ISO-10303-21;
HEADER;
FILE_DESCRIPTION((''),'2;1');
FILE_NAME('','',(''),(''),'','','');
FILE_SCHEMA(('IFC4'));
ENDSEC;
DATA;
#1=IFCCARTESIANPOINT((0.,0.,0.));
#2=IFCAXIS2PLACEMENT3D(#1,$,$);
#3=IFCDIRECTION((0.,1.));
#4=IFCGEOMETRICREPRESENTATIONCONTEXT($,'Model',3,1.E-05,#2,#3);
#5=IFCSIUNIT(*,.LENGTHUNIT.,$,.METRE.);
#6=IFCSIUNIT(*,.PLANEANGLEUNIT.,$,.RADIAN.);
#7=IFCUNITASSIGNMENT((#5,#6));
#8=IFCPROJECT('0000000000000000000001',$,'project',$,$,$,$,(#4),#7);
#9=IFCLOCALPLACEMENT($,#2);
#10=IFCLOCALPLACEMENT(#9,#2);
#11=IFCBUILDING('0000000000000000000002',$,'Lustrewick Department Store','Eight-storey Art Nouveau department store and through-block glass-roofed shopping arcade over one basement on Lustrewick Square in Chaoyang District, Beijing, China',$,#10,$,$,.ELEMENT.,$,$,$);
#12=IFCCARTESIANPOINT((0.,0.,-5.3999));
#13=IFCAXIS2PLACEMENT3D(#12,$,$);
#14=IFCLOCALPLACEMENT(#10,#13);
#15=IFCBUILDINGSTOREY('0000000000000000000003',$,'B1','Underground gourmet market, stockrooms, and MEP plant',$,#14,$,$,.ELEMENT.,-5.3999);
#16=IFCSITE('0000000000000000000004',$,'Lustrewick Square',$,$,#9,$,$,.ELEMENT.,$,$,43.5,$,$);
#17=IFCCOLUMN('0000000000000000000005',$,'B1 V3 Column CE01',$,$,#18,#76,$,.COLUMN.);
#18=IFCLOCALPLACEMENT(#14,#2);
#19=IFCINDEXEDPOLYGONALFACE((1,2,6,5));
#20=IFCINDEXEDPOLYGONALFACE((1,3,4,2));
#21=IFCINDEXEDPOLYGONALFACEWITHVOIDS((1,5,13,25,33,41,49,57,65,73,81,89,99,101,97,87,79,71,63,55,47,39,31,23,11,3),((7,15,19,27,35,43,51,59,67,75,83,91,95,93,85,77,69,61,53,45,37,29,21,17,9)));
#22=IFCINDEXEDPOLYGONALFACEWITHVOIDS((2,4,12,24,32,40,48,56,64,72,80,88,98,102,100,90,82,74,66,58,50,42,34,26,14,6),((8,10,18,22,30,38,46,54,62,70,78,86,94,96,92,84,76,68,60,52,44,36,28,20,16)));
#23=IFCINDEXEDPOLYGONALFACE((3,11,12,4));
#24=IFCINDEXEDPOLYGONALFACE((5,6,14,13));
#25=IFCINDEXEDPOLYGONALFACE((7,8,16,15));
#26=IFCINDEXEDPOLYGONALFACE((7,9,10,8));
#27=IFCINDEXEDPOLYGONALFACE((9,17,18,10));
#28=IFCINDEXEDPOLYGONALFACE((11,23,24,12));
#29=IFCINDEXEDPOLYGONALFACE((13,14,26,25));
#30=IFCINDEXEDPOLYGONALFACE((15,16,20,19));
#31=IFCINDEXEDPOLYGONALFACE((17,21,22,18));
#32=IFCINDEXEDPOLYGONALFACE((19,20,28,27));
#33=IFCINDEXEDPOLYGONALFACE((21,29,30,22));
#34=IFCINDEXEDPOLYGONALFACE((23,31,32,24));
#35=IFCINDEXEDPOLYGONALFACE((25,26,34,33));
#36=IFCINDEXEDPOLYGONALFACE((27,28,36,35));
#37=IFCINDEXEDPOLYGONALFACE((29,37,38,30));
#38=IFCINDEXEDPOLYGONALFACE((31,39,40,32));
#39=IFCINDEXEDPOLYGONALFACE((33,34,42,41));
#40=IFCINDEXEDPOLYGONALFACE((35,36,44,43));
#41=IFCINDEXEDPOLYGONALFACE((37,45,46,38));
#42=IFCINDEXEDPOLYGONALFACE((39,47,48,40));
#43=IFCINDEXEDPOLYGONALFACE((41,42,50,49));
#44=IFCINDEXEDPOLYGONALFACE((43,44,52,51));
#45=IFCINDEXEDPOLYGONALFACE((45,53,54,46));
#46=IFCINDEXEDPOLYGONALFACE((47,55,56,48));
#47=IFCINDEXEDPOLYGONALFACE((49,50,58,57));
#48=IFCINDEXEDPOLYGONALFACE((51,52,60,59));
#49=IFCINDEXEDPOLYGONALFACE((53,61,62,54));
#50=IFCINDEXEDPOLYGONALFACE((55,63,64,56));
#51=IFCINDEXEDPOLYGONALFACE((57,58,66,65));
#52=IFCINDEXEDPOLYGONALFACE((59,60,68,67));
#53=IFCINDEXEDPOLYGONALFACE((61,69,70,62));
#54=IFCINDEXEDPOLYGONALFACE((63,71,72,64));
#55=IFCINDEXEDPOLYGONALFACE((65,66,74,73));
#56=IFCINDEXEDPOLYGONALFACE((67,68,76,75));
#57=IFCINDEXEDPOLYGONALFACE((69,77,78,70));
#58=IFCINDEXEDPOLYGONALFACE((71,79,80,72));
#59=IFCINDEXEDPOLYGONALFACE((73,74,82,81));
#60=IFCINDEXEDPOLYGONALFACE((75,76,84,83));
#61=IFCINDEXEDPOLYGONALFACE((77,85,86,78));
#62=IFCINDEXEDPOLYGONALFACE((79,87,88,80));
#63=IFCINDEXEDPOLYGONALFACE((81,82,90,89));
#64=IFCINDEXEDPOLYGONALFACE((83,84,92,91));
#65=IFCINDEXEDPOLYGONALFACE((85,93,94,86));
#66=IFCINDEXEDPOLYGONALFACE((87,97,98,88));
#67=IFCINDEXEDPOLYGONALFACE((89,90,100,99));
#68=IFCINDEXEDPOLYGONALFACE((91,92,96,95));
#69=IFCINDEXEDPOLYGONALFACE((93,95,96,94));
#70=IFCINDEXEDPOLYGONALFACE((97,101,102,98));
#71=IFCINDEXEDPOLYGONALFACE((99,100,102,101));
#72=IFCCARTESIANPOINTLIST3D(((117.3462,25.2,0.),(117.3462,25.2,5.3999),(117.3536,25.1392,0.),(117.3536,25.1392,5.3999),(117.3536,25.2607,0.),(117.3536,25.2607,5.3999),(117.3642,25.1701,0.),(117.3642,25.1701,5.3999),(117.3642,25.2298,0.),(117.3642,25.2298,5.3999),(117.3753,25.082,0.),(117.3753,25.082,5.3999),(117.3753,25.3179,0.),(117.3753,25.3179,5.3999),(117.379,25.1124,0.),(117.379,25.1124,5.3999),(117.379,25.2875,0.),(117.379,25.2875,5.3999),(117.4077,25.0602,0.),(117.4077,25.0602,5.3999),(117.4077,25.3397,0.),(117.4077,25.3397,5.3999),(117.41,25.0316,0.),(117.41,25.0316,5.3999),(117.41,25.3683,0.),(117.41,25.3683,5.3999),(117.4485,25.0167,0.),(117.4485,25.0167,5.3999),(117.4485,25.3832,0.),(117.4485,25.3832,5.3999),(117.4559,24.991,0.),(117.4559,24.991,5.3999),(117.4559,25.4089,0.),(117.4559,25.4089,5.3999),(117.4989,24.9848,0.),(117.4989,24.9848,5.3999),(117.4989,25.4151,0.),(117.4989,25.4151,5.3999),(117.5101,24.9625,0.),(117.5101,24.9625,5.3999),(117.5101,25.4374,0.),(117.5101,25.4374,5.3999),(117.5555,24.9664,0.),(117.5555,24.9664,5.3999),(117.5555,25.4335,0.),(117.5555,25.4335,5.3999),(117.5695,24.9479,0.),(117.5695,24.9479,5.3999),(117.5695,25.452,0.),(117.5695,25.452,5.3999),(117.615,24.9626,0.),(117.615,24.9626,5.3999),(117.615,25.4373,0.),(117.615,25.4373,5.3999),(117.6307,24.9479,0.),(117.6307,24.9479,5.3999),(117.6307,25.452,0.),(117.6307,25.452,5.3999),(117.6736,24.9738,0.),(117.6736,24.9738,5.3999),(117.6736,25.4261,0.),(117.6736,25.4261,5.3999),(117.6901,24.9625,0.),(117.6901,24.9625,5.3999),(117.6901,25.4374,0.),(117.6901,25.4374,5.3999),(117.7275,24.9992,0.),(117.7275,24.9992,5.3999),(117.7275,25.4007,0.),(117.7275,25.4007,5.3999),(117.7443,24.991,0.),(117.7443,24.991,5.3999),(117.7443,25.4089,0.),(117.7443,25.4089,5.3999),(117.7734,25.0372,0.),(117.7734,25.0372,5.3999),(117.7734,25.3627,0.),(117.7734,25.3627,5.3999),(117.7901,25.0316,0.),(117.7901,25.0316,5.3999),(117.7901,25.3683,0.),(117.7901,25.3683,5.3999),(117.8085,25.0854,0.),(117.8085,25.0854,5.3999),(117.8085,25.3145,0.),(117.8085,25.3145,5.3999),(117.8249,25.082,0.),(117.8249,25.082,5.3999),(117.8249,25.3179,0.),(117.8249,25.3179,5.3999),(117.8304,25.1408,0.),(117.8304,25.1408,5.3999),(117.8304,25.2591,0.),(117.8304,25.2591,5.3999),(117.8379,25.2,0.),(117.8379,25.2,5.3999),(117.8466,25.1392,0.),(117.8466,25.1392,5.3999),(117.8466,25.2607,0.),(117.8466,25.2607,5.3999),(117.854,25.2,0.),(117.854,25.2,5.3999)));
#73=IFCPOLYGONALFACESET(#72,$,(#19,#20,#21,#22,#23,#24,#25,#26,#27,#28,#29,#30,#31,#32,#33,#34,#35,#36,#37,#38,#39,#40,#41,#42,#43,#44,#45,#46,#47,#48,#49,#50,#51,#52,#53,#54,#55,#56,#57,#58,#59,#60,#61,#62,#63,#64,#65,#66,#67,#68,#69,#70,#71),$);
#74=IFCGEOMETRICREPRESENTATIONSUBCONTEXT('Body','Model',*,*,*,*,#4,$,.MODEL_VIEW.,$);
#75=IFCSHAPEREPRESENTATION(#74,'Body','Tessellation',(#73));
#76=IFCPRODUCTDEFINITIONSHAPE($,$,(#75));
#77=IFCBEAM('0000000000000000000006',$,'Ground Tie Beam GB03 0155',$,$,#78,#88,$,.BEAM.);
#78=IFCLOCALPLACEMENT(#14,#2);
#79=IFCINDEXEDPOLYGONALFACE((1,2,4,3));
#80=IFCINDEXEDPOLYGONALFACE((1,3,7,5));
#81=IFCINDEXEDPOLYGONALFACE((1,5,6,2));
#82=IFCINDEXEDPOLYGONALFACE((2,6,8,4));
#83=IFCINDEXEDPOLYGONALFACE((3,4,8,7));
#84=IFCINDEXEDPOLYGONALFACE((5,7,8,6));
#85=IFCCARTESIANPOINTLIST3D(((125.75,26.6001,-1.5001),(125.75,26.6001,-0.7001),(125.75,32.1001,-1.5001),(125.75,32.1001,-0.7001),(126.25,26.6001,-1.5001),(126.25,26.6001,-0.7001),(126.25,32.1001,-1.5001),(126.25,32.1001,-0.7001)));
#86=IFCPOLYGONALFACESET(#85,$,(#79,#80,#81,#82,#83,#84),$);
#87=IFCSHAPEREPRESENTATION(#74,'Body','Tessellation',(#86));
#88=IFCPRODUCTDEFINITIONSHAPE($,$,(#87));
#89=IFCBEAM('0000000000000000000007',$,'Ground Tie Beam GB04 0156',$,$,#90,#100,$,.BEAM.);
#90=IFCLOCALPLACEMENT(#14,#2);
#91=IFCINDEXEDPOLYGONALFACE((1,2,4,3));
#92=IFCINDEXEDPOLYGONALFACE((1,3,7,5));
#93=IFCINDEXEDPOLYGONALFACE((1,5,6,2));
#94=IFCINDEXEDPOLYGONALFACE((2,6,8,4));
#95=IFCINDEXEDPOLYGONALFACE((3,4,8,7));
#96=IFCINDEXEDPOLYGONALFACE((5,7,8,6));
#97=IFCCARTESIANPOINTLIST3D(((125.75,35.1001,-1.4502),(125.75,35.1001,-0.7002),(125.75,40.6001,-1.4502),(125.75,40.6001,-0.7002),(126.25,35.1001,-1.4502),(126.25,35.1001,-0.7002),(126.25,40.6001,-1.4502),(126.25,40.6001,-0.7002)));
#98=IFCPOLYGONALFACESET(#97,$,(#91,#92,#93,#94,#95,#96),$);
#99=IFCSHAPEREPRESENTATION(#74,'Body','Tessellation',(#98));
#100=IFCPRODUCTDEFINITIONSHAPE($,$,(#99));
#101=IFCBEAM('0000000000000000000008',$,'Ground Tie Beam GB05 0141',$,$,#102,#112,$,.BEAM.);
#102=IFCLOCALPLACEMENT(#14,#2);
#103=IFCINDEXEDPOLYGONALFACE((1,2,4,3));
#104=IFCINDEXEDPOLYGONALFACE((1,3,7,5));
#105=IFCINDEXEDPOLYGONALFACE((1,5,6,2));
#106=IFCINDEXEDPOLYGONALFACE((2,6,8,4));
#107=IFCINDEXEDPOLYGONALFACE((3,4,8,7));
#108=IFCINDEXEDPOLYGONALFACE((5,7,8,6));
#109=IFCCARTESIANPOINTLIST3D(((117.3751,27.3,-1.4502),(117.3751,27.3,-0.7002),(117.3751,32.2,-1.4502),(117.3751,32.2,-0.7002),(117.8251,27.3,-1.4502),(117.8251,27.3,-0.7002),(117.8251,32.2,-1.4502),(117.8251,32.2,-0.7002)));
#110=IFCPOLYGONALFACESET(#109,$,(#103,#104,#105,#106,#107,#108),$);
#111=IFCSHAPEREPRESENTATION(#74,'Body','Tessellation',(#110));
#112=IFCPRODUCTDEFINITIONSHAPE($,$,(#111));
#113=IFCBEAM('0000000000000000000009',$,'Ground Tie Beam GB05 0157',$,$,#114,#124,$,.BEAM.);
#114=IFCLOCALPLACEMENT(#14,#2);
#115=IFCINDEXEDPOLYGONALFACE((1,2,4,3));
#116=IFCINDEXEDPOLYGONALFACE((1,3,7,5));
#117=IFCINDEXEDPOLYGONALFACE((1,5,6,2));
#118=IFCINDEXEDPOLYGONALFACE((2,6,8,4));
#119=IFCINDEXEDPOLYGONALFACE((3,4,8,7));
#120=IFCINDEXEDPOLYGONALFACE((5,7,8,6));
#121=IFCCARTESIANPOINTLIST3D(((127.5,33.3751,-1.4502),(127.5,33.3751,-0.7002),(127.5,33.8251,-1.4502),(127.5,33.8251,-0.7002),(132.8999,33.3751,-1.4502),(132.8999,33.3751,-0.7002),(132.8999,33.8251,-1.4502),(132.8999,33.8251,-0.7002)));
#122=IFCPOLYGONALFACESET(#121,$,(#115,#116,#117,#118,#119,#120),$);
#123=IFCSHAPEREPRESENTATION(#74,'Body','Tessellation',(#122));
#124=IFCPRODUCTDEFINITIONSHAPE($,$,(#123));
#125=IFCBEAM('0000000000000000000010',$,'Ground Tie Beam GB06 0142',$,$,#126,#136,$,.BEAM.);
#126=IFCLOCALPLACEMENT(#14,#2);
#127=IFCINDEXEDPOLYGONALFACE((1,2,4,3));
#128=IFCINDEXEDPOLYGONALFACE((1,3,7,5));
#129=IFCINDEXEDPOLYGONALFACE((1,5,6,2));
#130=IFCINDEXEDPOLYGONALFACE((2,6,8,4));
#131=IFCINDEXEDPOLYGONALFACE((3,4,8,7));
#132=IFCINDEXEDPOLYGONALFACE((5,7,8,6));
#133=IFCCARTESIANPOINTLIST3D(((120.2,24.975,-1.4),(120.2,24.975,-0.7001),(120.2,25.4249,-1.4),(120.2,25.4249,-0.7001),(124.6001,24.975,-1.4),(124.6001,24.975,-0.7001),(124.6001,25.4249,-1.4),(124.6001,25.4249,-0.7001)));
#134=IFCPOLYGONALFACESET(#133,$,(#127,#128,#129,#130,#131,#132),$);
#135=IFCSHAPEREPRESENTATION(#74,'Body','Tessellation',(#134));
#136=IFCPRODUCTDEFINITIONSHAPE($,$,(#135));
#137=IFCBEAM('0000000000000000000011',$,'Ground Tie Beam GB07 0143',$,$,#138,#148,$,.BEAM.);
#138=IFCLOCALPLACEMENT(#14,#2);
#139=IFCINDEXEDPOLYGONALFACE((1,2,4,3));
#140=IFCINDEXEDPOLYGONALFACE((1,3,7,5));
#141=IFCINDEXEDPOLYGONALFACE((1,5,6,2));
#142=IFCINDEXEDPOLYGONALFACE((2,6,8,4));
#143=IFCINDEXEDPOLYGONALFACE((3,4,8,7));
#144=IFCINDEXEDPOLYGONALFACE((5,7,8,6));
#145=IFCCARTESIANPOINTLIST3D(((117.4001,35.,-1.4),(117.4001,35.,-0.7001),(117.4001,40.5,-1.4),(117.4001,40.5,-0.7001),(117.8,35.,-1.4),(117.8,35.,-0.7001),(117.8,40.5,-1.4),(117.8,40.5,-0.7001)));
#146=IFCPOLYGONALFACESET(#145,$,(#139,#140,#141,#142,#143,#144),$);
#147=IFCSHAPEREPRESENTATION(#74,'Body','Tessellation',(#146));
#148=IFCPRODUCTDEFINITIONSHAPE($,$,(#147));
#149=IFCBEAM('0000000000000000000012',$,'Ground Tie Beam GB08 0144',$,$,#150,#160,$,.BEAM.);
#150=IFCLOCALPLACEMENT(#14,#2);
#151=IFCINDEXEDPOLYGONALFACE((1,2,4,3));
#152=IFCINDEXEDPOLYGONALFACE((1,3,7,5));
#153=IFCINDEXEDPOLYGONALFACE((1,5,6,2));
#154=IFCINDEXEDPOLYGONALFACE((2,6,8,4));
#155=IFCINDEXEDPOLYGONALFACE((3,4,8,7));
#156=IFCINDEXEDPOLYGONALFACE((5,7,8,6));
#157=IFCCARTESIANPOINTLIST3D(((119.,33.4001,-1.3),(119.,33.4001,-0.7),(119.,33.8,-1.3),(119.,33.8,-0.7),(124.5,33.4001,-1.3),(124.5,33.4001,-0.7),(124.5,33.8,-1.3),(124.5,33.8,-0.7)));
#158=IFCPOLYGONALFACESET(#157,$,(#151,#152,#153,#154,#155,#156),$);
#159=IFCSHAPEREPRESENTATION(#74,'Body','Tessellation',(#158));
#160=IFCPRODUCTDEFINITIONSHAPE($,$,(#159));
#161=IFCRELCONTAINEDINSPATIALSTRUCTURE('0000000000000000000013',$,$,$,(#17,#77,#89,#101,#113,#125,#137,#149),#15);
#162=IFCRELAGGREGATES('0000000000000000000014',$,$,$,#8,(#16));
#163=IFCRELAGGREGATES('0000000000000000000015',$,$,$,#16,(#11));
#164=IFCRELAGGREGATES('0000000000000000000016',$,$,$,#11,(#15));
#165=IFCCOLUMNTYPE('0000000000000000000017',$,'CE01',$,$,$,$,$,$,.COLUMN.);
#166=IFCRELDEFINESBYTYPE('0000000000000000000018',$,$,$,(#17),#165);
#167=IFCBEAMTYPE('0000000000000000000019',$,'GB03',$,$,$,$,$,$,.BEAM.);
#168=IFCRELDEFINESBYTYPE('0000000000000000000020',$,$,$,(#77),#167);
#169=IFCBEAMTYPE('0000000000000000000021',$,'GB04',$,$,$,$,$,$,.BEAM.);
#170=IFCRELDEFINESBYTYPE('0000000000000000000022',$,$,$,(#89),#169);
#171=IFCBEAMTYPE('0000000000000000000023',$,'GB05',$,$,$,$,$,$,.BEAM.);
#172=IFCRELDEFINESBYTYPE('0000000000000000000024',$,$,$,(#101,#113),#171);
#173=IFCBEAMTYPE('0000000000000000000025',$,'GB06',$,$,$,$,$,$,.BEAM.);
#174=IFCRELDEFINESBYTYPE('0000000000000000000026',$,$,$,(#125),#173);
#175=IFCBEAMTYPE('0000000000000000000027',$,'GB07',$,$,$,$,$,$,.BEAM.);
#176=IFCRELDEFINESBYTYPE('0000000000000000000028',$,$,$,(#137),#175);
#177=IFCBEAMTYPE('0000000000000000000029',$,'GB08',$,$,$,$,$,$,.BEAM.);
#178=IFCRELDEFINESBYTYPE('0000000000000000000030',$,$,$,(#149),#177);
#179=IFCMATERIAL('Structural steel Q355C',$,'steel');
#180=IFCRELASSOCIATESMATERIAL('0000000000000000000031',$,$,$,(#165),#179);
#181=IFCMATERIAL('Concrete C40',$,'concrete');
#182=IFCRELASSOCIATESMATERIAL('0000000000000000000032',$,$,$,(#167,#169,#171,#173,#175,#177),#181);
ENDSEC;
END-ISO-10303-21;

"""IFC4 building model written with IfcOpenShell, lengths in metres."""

from ifc_helpers import new_model, si_unit, direction, frame, origin, origin_2d, place, context, subcontext, project, spatial, rectangle, hollow_circle, extrude, material, material_profile, profile_set, type_object, element, save


model = new_model("IFC4")

# Units and contexts
model_context = context("Model", 3, precision=1e-05, world=origin(), true_north=direction((0.0, 1.0)))
body_context = subcontext(model_context, "Body", "Model", "MODEL_VIEW")
ifc_project = project(units=[si_unit("LENGTHUNIT", "METRE"), si_unit("PLANEANGLEUNIT", "RADIAN")], contexts=[model_context])

# Site, building, storey
site_placement = place(None, origin())
site = spatial("IfcSite", under=ifc_project, at=site_placement, Name="Lustrewick Square", CompositionType="ELEMENT", RefElevation=43.5)
building_placement = place(site_placement, origin())
building = spatial("IfcBuilding", under=site, at=building_placement, Name="Lustrewick Department Store", Description="Eight-storey Art Nouveau department store and through-block glass-roofed shopping arcade over one basement on Lustrewick Square in Chaoyang District, Beijing, China", CompositionType="ELEMENT")
storey_placement = place(building_placement, frame((0.0, 0.0, -5.3999)))
storey = spatial("IfcBuildingStorey", under=building, at=storey_placement, Name="B1", Description="Underground gourmet market, stockrooms, and MEP plant", CompositionType="ELEMENT", Elevation=-5.3999)

# Shared definitions
ifc_material_1 = material(Name="Concrete C40", Category="concrete")

# Column
ifc_material_2 = material(Name="Structural steel Q355C", Category="steel")
ifc_material_profile_1 = material_profile(ifc_material_2, hollow_circle(Radius=0.2539, WallThickness=0.0161, at=origin_2d()), Name="CHS 508x16")
ifc_profile_set_1 = profile_set([ifc_material_profile_1], Name="Structural steel Q355C")
column_type_1 = type_object("IfcColumnType", Name="CE01", PredefinedType="COLUMN", material=ifc_profile_set_1)
column_1_placement = place(storey_placement, frame((117.6001, 25.2, 0.0), z_axis=(0.0, 0.0, 1.0), x_axis=(1.0, 0.0, 0.0)))
element("IfcColumn", 1, at=column_1_placement, inside=storey, type_object=column_type_1, Name="B1 V3 Column CE01", PredefinedType="COLUMN", context=body_context, shape_type="SweptSolid", body=[
    extrude(hollow_circle(Radius=0.2539, WallThickness=0.0161, at=origin_2d()), origin(), (0.0, 0.0, 1.0), 5.3999),
])

# Beams
ifc_material_profile_2 = material_profile(ifc_material_1, rectangle(XDim=0.5, YDim=0.8, at=origin_2d()), Name="RC 500x800")
ifc_profile_set_2 = profile_set([ifc_material_profile_2], Name="Concrete C40")
beam_type_1 = type_object("IfcBeamType", Name="GB03", PredefinedType="BEAM", material=ifc_profile_set_2)
beam_1_placement = place(storey_placement, frame((126.0, 26.6001, -1.1001), z_axis=(0.0, 1.0, 0.0), x_axis=(-1.0, 0.0, 0.0)))
element("IfcBeam", 2, at=beam_1_placement, inside=storey, type_object=beam_type_1, Name="Ground Tie Beam GB03 0155", PredefinedType="BEAM", context=body_context, shape_type="SweptSolid", body=[
    extrude(rectangle(XDim=0.5, YDim=0.8, at=origin_2d()), origin(), (0.0, 0.0, 1.0), 5.5),
])
ifc_material_profile_3 = material_profile(ifc_material_1, rectangle(XDim=0.5, YDim=0.75, at=origin_2d()), Name="RC 500x750")
ifc_profile_set_3 = profile_set([ifc_material_profile_3], Name="Concrete C40")
beam_type_2 = type_object("IfcBeamType", Name="GB04", PredefinedType="BEAM", material=ifc_profile_set_3)
beam_2_placement = place(storey_placement, frame((126.0, 35.1001, -1.0752), z_axis=(0.0, 1.0, 0.0), x_axis=(-1.0, 0.0, 0.0)))
element("IfcBeam", 3, at=beam_2_placement, inside=storey, type_object=beam_type_2, Name="Ground Tie Beam GB04 0156", PredefinedType="BEAM", context=body_context, shape_type="SweptSolid", body=[
    extrude(rectangle(XDim=0.5, YDim=0.75, at=origin_2d()), origin(), (0.0, 0.0, 1.0), 5.5),
])
ifc_material_profile_4 = material_profile(ifc_material_1, rectangle(XDim=0.45, YDim=0.75, at=origin_2d()), Name="RC 450x750")
ifc_profile_set_4 = profile_set([ifc_material_profile_4], Name="Concrete C40")
beam_type_3 = type_object("IfcBeamType", Name="GB05", PredefinedType="BEAM", material=ifc_profile_set_4)
beam_3_placement = place(storey_placement, frame((117.6001, 27.3, -1.0752), z_axis=(0.0, 1.0, 0.0), x_axis=(-1.0, 0.0, 0.0)))
element("IfcBeam", 4, at=beam_3_placement, inside=storey, type_object=beam_type_3, Name="Ground Tie Beam GB05 0141", PredefinedType="BEAM", context=body_context, shape_type="SweptSolid", body=[
    extrude(rectangle(XDim=0.45, YDim=0.75, at=origin_2d()), origin(), (0.0, 0.0, 1.0), 4.8999),
])
beam_4_placement = place(storey_placement, frame((127.5, 33.6001, -1.0752), z_axis=(1.0, 0.0, 0.0), x_axis=(0.0, 1.0, 0.0)))
element("IfcBeam", 5, at=beam_4_placement, inside=storey, type_object=beam_type_3, Name="Ground Tie Beam GB05 0157", PredefinedType="BEAM", context=body_context, shape_type="SweptSolid", body=[
    extrude(rectangle(XDim=0.45, YDim=0.75, at=origin_2d()), origin(), (0.0, 0.0, 1.0), 5.3999),
])
ifc_material_profile_5 = material_profile(ifc_material_1, rectangle(XDim=0.45, YDim=0.7, at=origin_2d()), Name="RC 450x700")
ifc_profile_set_5 = profile_set([ifc_material_profile_5], Name="Concrete C40")
beam_type_4 = type_object("IfcBeamType", Name="GB06", PredefinedType="BEAM", material=ifc_profile_set_5)
beam_5_placement = place(storey_placement, frame((120.2, 25.2, -1.05), z_axis=(1.0, 0.0, 0.0), x_axis=(0.0, 1.0, 0.0)))
element("IfcBeam", 6, at=beam_5_placement, inside=storey, type_object=beam_type_4, Name="Ground Tie Beam GB06 0142", PredefinedType="BEAM", context=body_context, shape_type="SweptSolid", body=[
    extrude(rectangle(XDim=0.45, YDim=0.7, at=origin_2d()), origin(), (0.0, 0.0, 1.0), 4.4001),
])
ifc_material_profile_6 = material_profile(ifc_material_1, rectangle(XDim=0.3999, YDim=0.7, at=origin_2d()), Name="RC 400x700")
ifc_profile_set_6 = profile_set([ifc_material_profile_6], Name="Concrete C40")
beam_type_5 = type_object("IfcBeamType", Name="GB07", PredefinedType="BEAM", material=ifc_profile_set_6)
beam_6_placement = place(storey_placement, frame((117.6001, 35.0, -1.05), z_axis=(0.0, 1.0, 0.0), x_axis=(-1.0, 0.0, 0.0)))
element("IfcBeam", 7, at=beam_6_placement, inside=storey, type_object=beam_type_5, Name="Ground Tie Beam GB07 0143", PredefinedType="BEAM", context=body_context, shape_type="SweptSolid", body=[
    extrude(rectangle(XDim=0.3999, YDim=0.7, at=origin_2d()), origin(), (0.0, 0.0, 1.0), 5.5),
])
ifc_material_profile_7 = material_profile(ifc_material_1, rectangle(XDim=0.3999, YDim=0.6001, at=origin_2d()), Name="RC 400x600")
ifc_profile_set_7 = profile_set([ifc_material_profile_7], Name="Concrete C40")
beam_type_6 = type_object("IfcBeamType", Name="GB08", PredefinedType="BEAM", material=ifc_profile_set_7)
beam_7_placement = place(storey_placement, frame((119.0, 33.6001, -1.0), z_axis=(1.0, 0.0, 0.0), x_axis=(0.0, 1.0, 0.0)))
element("IfcBeam", 8, at=beam_7_placement, inside=storey, type_object=beam_type_6, Name="Ground Tie Beam GB08 0144", PredefinedType="BEAM", context=body_context, shape_type="SweptSolid", body=[
    extrude(rectangle(XDim=0.3999, YDim=0.6001, at=origin_2d()), origin(), (0.0, 0.0, 1.0), 5.5),
])

save(model, "model.ifc")
